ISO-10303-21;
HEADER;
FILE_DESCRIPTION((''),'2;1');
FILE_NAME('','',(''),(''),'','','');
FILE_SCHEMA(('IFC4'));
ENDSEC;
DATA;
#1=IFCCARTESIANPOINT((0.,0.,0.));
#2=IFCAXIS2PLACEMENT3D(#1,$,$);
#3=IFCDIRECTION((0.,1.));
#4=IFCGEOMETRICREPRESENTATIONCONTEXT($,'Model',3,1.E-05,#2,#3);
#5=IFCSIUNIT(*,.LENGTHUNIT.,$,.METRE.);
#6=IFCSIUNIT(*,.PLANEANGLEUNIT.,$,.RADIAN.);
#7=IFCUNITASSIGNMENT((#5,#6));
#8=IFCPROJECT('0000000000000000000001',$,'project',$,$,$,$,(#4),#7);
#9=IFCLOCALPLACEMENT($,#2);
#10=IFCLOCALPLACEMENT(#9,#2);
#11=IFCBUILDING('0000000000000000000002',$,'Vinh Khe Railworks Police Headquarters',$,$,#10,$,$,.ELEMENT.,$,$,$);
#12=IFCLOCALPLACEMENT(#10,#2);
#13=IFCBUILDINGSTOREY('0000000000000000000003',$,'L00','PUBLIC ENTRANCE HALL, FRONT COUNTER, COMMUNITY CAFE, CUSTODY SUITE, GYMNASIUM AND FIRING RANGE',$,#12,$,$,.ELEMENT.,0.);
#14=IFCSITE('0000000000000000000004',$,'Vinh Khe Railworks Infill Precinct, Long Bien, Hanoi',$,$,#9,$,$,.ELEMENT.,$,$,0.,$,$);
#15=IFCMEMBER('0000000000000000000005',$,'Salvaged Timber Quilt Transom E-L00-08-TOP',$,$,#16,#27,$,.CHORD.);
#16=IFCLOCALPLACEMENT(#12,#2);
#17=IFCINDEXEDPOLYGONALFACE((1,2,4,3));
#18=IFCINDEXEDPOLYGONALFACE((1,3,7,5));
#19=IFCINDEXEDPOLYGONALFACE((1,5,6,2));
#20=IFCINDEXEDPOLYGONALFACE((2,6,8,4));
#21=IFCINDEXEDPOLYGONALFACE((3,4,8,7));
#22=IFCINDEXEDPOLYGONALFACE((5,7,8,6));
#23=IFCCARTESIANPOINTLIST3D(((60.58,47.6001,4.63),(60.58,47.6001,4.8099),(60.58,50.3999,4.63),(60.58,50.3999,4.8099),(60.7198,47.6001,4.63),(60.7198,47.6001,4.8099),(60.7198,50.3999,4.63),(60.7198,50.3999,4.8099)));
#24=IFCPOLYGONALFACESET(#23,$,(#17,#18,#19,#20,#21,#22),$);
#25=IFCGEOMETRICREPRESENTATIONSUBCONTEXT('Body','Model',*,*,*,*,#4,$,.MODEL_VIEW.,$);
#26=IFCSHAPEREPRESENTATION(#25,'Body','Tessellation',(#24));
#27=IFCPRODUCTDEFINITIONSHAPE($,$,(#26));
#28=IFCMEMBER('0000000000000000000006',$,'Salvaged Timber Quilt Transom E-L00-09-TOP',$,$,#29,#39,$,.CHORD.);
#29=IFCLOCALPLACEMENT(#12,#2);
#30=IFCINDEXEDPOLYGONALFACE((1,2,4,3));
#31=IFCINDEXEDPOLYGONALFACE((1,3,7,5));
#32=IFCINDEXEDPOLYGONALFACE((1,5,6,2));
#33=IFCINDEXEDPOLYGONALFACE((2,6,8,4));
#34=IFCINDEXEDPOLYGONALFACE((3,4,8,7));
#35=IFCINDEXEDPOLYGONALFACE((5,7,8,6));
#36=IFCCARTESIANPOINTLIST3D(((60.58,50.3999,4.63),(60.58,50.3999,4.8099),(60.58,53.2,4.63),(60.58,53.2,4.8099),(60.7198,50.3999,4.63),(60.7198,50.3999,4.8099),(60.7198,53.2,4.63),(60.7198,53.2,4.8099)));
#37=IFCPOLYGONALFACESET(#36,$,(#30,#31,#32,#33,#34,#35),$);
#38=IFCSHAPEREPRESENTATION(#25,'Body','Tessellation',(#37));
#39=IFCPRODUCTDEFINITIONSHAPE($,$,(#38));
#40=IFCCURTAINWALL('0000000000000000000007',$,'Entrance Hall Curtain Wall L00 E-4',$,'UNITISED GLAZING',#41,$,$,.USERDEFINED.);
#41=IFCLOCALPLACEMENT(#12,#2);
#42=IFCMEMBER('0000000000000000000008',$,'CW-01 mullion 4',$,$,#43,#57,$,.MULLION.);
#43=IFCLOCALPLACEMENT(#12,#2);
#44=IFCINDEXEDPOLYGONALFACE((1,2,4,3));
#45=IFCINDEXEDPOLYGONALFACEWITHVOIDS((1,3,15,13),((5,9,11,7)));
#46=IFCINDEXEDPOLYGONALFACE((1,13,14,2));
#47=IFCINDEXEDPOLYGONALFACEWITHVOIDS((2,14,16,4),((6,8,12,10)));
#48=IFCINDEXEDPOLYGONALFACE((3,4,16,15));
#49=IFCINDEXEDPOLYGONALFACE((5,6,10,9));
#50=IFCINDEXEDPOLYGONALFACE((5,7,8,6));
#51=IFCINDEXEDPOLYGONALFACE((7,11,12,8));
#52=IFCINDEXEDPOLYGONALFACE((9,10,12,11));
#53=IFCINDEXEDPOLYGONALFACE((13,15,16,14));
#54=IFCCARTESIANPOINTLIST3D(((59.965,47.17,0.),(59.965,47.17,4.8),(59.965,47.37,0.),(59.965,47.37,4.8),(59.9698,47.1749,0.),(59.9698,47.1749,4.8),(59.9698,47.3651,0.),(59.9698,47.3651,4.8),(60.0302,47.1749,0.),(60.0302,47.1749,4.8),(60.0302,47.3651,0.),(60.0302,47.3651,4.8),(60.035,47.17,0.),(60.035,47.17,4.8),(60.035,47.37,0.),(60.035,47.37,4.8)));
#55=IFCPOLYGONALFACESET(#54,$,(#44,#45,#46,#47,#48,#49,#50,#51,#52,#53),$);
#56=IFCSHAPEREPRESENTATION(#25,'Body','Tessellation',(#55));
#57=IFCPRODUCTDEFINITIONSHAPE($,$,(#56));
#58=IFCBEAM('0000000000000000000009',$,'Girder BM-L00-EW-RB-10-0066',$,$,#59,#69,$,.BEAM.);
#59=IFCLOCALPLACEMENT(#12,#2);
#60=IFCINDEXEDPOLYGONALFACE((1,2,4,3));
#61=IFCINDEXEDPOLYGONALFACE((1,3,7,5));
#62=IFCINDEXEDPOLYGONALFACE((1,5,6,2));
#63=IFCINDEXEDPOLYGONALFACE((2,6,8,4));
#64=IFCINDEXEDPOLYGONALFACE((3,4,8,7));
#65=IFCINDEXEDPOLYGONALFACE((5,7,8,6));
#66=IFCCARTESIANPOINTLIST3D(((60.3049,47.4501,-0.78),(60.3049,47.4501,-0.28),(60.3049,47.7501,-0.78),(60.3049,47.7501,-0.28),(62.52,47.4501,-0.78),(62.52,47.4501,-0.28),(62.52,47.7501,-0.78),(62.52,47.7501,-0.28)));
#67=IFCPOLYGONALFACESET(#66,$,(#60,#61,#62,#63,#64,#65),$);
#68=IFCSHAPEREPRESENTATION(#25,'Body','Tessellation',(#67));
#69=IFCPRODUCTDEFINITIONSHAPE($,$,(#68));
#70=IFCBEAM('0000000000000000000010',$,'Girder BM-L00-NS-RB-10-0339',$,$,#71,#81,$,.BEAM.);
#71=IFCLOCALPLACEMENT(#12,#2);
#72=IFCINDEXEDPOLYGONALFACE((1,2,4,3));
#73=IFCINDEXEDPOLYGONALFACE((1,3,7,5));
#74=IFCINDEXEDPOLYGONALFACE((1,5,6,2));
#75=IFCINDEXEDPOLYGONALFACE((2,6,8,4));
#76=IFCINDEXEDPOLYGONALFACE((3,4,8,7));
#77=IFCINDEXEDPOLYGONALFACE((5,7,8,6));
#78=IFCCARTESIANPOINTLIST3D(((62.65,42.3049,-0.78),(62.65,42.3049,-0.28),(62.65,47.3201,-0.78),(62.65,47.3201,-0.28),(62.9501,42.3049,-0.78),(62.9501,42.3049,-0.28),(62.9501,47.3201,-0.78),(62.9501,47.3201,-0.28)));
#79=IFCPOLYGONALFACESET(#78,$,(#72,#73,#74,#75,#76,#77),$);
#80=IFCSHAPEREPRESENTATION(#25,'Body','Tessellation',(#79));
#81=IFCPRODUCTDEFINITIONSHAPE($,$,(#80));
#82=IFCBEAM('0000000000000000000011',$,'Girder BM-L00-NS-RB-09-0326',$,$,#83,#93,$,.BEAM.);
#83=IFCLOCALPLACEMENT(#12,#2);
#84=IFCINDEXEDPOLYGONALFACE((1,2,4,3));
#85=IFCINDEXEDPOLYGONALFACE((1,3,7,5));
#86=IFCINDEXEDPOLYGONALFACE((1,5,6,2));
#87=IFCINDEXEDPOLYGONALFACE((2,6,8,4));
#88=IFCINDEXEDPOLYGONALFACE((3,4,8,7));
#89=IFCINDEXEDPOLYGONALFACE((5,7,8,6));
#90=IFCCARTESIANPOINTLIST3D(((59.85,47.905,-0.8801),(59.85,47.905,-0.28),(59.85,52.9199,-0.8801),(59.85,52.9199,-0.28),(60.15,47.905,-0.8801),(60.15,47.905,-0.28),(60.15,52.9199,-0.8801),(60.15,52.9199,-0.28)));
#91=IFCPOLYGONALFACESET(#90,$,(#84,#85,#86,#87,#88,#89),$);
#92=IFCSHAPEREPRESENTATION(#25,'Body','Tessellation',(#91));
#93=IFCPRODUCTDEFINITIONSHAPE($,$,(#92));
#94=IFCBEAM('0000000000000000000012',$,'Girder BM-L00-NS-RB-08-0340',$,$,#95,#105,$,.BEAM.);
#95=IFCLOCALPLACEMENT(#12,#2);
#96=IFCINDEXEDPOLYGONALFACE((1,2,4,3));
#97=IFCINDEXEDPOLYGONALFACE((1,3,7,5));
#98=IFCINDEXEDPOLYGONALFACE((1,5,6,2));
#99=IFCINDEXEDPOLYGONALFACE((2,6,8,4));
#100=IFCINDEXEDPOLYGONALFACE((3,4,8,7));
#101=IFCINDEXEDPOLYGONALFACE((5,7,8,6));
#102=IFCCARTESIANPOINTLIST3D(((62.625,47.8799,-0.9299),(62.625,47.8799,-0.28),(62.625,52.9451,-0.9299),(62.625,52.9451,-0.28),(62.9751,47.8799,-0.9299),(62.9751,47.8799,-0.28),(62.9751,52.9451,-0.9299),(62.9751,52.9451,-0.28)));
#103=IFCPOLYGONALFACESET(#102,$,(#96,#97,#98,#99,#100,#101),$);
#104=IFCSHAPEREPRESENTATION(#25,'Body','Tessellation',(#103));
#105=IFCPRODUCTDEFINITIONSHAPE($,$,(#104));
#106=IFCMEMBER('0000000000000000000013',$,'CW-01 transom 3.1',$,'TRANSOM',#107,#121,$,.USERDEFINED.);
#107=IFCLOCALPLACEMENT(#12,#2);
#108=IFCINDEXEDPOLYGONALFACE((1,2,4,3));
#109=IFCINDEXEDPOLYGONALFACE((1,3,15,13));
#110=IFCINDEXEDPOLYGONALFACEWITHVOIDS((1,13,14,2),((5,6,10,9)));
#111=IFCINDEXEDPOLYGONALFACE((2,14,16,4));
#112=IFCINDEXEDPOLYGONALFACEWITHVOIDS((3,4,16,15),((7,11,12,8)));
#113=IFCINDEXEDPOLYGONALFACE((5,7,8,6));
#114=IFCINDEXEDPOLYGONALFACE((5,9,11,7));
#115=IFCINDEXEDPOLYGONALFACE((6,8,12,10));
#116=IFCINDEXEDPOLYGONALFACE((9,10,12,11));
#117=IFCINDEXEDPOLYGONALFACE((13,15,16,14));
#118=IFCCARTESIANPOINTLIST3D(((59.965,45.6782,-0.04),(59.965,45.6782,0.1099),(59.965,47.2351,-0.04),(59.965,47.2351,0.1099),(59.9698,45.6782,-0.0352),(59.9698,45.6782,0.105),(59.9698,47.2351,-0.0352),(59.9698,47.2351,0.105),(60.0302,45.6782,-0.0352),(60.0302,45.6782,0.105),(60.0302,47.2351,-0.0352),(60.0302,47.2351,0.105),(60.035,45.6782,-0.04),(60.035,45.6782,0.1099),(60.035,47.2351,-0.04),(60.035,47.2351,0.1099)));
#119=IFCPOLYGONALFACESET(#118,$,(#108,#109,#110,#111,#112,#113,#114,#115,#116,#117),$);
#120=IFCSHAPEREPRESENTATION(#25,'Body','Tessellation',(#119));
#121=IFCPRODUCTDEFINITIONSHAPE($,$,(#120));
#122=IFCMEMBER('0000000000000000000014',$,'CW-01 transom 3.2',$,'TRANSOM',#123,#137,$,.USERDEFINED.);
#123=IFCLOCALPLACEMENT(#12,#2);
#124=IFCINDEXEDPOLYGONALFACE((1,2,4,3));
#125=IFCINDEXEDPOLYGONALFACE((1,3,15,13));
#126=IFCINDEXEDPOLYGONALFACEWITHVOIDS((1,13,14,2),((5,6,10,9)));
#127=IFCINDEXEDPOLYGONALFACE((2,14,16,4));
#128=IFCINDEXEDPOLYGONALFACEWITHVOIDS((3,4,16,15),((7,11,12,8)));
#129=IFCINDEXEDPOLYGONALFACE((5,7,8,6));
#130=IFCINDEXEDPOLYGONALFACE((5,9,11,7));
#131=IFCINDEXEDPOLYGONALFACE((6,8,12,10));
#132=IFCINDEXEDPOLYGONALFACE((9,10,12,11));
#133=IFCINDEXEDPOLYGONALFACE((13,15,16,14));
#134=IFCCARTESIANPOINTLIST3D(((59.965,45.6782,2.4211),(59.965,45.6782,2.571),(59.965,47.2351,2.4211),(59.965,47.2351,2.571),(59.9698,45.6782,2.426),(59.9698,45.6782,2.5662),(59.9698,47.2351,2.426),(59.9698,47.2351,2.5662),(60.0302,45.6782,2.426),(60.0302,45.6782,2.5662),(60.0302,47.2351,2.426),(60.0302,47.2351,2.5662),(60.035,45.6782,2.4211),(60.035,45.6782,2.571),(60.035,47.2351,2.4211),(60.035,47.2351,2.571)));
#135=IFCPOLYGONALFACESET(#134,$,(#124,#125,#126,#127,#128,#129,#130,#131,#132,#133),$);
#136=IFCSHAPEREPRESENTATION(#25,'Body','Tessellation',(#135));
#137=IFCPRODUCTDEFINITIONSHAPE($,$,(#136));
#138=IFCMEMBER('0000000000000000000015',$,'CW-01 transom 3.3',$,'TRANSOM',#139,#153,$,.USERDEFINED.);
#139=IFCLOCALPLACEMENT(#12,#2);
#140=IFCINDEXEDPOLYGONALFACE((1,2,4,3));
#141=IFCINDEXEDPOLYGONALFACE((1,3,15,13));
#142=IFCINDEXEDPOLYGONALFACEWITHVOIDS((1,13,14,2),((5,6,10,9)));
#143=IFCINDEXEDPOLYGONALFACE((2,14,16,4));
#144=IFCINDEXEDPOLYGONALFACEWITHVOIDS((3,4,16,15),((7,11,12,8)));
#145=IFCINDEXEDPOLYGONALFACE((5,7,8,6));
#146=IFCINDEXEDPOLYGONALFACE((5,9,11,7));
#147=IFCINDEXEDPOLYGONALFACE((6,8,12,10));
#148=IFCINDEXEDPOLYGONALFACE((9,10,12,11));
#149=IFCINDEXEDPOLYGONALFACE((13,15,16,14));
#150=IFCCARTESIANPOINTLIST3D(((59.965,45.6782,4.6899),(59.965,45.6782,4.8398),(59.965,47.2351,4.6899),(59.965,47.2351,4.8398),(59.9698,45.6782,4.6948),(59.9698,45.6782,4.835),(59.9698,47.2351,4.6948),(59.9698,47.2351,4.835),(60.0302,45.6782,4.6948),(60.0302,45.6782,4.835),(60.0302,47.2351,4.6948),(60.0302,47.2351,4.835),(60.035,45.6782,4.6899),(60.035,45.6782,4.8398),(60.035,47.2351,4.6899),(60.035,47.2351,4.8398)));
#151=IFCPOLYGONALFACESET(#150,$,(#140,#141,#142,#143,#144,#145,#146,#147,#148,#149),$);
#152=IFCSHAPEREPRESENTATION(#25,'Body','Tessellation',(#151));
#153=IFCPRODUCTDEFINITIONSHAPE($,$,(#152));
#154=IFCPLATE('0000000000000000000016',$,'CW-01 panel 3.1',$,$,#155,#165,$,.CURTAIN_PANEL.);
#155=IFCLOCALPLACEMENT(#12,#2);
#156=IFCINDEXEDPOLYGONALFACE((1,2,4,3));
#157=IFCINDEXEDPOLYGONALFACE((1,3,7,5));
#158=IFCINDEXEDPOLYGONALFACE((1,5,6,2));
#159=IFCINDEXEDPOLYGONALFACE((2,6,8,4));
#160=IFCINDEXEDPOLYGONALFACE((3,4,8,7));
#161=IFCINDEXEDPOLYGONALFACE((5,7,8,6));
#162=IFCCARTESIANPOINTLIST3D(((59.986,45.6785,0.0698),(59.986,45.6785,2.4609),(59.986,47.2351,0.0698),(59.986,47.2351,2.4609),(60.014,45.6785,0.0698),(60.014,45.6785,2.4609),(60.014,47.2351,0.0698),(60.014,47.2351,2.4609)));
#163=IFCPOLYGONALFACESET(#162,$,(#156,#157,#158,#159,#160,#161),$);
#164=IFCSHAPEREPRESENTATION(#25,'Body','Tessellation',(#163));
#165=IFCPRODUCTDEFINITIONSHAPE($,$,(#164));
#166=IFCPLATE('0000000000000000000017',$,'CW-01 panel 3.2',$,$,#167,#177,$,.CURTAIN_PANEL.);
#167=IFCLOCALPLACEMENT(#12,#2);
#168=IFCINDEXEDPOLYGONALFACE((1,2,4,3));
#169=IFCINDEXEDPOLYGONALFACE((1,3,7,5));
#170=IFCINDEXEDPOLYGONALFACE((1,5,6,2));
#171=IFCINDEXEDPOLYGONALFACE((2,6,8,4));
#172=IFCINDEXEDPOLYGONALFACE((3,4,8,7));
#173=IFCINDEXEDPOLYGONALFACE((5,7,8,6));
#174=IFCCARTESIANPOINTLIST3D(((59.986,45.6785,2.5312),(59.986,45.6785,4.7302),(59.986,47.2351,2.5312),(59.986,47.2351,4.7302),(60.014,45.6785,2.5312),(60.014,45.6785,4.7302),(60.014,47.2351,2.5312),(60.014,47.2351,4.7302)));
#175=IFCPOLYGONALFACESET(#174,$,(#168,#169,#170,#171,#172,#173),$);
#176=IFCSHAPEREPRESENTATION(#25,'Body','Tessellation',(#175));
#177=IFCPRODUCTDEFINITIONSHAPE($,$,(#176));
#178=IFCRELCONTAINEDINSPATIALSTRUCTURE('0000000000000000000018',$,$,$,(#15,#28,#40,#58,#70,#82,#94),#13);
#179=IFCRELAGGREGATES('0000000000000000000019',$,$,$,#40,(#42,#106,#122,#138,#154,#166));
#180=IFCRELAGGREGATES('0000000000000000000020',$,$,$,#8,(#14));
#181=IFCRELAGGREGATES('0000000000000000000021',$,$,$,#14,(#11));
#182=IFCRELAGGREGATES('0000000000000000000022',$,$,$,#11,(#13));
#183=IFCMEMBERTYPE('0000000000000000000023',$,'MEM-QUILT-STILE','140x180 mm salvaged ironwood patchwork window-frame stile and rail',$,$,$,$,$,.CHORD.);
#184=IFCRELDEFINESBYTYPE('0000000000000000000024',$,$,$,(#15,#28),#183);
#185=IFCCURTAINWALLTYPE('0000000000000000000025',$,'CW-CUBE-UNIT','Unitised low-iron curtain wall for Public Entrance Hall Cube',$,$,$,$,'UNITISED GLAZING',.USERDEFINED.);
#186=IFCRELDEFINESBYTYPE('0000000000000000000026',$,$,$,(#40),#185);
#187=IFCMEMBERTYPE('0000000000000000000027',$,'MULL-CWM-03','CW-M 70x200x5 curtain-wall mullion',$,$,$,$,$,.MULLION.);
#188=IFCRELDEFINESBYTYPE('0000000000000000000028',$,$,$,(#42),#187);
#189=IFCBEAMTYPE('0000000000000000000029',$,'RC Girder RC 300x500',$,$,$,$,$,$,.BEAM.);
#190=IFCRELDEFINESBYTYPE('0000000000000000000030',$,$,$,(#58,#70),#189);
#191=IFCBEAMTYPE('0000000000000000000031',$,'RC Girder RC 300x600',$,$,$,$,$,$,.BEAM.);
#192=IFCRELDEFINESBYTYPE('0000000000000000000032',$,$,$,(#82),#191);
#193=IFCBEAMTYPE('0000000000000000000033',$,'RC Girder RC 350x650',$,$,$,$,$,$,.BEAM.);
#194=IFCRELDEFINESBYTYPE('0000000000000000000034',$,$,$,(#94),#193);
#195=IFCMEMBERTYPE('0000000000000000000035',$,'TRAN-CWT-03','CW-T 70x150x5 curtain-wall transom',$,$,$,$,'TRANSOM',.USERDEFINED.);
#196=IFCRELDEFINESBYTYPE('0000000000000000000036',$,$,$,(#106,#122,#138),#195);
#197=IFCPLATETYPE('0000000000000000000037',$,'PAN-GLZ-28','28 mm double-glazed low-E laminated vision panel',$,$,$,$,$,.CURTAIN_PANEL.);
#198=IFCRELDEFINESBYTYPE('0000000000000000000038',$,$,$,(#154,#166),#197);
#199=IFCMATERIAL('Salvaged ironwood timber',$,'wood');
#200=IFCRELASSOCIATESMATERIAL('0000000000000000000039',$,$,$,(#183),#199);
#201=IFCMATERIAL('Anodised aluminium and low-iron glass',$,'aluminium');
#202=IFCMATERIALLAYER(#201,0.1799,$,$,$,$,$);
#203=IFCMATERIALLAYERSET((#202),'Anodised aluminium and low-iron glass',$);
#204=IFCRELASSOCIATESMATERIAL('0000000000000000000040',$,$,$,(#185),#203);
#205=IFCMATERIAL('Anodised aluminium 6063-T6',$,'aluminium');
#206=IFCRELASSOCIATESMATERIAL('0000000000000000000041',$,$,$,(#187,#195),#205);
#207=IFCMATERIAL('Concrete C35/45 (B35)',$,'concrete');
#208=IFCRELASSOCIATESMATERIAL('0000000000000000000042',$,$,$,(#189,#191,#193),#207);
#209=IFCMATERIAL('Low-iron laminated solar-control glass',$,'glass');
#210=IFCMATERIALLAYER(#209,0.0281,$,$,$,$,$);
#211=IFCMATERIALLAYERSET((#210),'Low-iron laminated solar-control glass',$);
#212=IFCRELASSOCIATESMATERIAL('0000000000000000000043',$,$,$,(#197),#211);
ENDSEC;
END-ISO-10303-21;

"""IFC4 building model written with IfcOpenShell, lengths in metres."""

from ifc_helpers import new_model, si_unit, direction, frame, origin, origin_2d, place, context, subcontext, project, spatial, rectangle, hollow_rectangle, extrude, material, layer, layer_set, material_profile, profile_set, type_object, element, aggregate, save


model = new_model("IFC4")

# Units and contexts
model_context = context("Model", 3, precision=1e-05, world=origin(), true_north=direction((0.0, 1.0)))
body_context = subcontext(model_context, "Body", "Model", "MODEL_VIEW")
ifc_project = project(units=[si_unit("LENGTHUNIT", "METRE"), si_unit("PLANEANGLEUNIT", "RADIAN")], contexts=[model_context])

# Site, building, storey
site_placement = place(None, origin())
site = spatial("IfcSite", under=ifc_project, at=site_placement, Name="Vinh Khe Railworks Infill Precinct, Long Bien, Hanoi", CompositionType="ELEMENT", RefElevation=0.0)
building_placement = place(site_placement, origin())
building = spatial("IfcBuilding", under=site, at=building_placement, Name="Vinh Khe Railworks Police Headquarters", CompositionType="ELEMENT")
storey_placement = place(building_placement, origin())
storey = spatial("IfcBuildingStorey", under=building, at=storey_placement, Name="L00", Description="PUBLIC ENTRANCE HALL, FRONT COUNTER, COMMUNITY CAFE, CUSTODY SUITE, GYMNASIUM AND FIRING RANGE", CompositionType="ELEMENT", Elevation=0.0)

# Members
ifc_material_1 = material(Name="Salvaged ironwood timber", Category="wood")
ifc_material_profile_1 = material_profile(ifc_material_1, rectangle(XDim=0.1399, YDim=0.1799, at=origin_2d()), Name="TIMBER 140x180")
ifc_profile_set_1 = profile_set([ifc_material_profile_1], Name="Salvaged ironwood timber")
member_type_1 = type_object("IfcMemberType", Name="MEM-QUILT-STILE", Description="140x180 mm salvaged ironwood patchwork window-frame stile and rail", PredefinedType="CHORD", material=ifc_profile_set_1)
member_1_placement = place(storey_placement, frame((60.6499, 47.6001, 4.72), z_axis=(0.0, 1.0, 0.0), x_axis=(-1.0, 0.0, 0.0)))
element("IfcMember", 1, at=member_1_placement, inside=storey, type_object=member_type_1, Name="Salvaged Timber Quilt Transom E-L00-08-TOP", PredefinedType="CHORD", context=body_context, shape_type="SweptSolid", body=[
    extrude(rectangle(XDim=0.1399, YDim=0.1799, at=origin_2d()), origin(), (0.0, 0.0, 1.0), 2.7998),
])
member_2_placement = place(storey_placement, frame((60.6499, 50.3999, 4.72), z_axis=(0.0, 1.0, 0.0), x_axis=(-1.0, 0.0, 0.0)))
element("IfcMember", 2, at=member_2_placement, inside=storey, type_object=member_type_1, Name="Salvaged Timber Quilt Transom E-L00-09-TOP", PredefinedType="CHORD", context=body_context, shape_type="SweptSolid", body=[
    extrude(rectangle(XDim=0.1399, YDim=0.1799, at=origin_2d()), origin(), (0.0, 0.0, 1.0), 2.8),
])

# Curtain wall, member
ifc_material_2 = material(Name="Anodised aluminium and low-iron glass", Category="aluminium")
ifc_layer_1 = layer(ifc_material_2, 0.1799)
ifc_layer_set_1 = layer_set([ifc_layer_1], Name="Anodised aluminium and low-iron glass")
curtain_wall_type = type_object("IfcCurtainWallType", Name="CW-CUBE-UNIT", Description="Unitised low-iron curtain wall for Public Entrance Hall Cube", ElementType="UNITISED GLAZING", PredefinedType="USERDEFINED", material=ifc_layer_set_1)
curtain_wall_placement = place(storey_placement, origin())
curtain_wall = element("IfcCurtainWall", 3, at=curtain_wall_placement, inside=storey, type_object=curtain_wall_type, Name="Entrance Hall Curtain Wall L00 E-4", ObjectType="UNITISED GLAZING", PredefinedType="USERDEFINED")
ifc_material_3 = material(Name="Anodised aluminium 6063-T6", Category="aluminium")
ifc_material_profile_2 = material_profile(ifc_material_3, hollow_rectangle(XDim=0.0701, YDim=0.2, WallThickness=0.0049, at=origin_2d()), Name="CW-M 70x200x5")
ifc_profile_set_2 = profile_set([ifc_material_profile_2], Name="Anodised aluminium 6063-T6")
member_type_2 = type_object("IfcMemberType", Name="MULL-CWM-03", Description="CW-M 70x200x5 curtain-wall mullion", PredefinedType="MULLION", material=ifc_profile_set_2)
member_3_placement = place(storey_placement, frame((60.0, 47.27, 0.0), z_axis=(0.0, 0.0, 1.0), x_axis=(-1.0, 0.0, 0.0)))
member_3 = element("IfcMember", 4, at=member_3_placement, type_object=member_type_2, Name="CW-01 mullion 4", PredefinedType="MULLION", context=body_context, shape_type="SweptSolid", body=[
    extrude(hollow_rectangle(XDim=0.0701, YDim=0.2, WallThickness=0.0049, at=origin_2d()), origin(), (0.0, 0.0, 1.0), 4.8),
])

# Beams
ifc_material_4 = material(Name="Concrete C35/45 (B35)", Category="concrete")
ifc_material_profile_3 = material_profile(ifc_material_4, rectangle(XDim=0.3, YDim=0.5, at=origin_2d()), Name="RC 300x500")
ifc_profile_set_3 = profile_set([ifc_material_profile_3], Name="Concrete C35/45 (B35)")
beam_type_1 = type_object("IfcBeamType", Name="RC Girder RC 300x500", PredefinedType="BEAM", material=ifc_profile_set_3)
beam_1_placement = place(storey_placement, frame((60.3049, 47.6001, -0.53), z_axis=(1.0, 0.0, 0.0), x_axis=(0.0, 1.0, 0.0)))
element("IfcBeam", 5, at=beam_1_placement, inside=storey, type_object=beam_type_1, Name="Girder BM-L00-EW-RB-10-0066", PredefinedType="BEAM", context=body_context, shape_type="SweptSolid", body=[
    extrude(rectangle(XDim=0.3, YDim=0.5, at=origin_2d()), origin(), (0.0, 0.0, 1.0), 2.2151),
])
beam_2_placement = place(storey_placement, frame((62.8, 42.3049, -0.53), z_axis=(0.0, 1.0, 0.0), x_axis=(-1.0, 0.0, 0.0)))
element("IfcBeam", 6, at=beam_2_placement, inside=storey, type_object=beam_type_1, Name="Girder BM-L00-NS-RB-10-0339", PredefinedType="BEAM", context=body_context, shape_type="SweptSolid", body=[
    extrude(rectangle(XDim=0.3, YDim=0.5, at=origin_2d()), origin(), (0.0, 0.0, 1.0), 5.0151),
])
ifc_material_profile_4 = material_profile(ifc_material_4, rectangle(XDim=0.3, YDim=0.6001, at=origin_2d()), Name="RC 300x600")
ifc_profile_set_4 = profile_set([ifc_material_profile_4], Name="Concrete C35/45 (B35)")
beam_type_2 = type_object("IfcBeamType", Name="RC Girder RC 300x600", PredefinedType="BEAM", material=ifc_profile_set_4)
beam_3_placement = place(storey_placement, frame((60.0, 47.905, -0.5801), z_axis=(0.0, 1.0, 0.0), x_axis=(-1.0, 0.0, 0.0)))
element("IfcBeam", 7, at=beam_3_placement, inside=storey, type_object=beam_type_2, Name="Girder BM-L00-NS-RB-09-0326", PredefinedType="BEAM", context=body_context, shape_type="SweptSolid", body=[
    extrude(rectangle(XDim=0.3, YDim=0.6001, at=origin_2d()), origin(), (0.0, 0.0, 1.0), 5.0149),
])
ifc_material_profile_5 = material_profile(ifc_material_4, rectangle(XDim=0.3501, YDim=0.6499, at=origin_2d()), Name="RC 350x650")
ifc_profile_set_5 = profile_set([ifc_material_profile_5], Name="Concrete C35/45 (B35)")
beam_type_3 = type_object("IfcBeamType", Name="RC Girder RC 350x650", PredefinedType="BEAM", material=ifc_profile_set_5)
beam_4_placement = place(storey_placement, frame((62.8, 47.8799, -0.605), z_axis=(0.0, 1.0, 0.0), x_axis=(-1.0, 0.0, 0.0)))
element("IfcBeam", 8, at=beam_4_placement, inside=storey, type_object=beam_type_3, Name="Girder BM-L00-NS-RB-08-0340", PredefinedType="BEAM", context=body_context, shape_type="SweptSolid", body=[
    extrude(rectangle(XDim=0.3501, YDim=0.6499, at=origin_2d()), origin(), (0.0, 0.0, 1.0), 5.0652),
])

# Members
ifc_material_profile_6 = material_profile(ifc_material_3, hollow_rectangle(XDim=0.0701, YDim=0.1499, WallThickness=0.0049, at=origin_2d()), Name="CW-T 70x150x5")
ifc_profile_set_6 = profile_set([ifc_material_profile_6], Name="Anodised aluminium 6063-T6")
member_type_3 = type_object("IfcMemberType", Name="TRAN-CWT-03", Description="CW-T 70x150x5 curtain-wall transom", ElementType="TRANSOM", PredefinedType="USERDEFINED", material=ifc_profile_set_6)
member_4_placement = place(storey_placement, frame((60.0, 45.6782, 0.0349), z_axis=(0.0, 1.0, 0.0), x_axis=(-1.0, 0.0, 0.0)))
member_4 = element("IfcMember", 9, at=member_4_placement, type_object=member_type_3, Name="CW-01 transom 3.1", ObjectType="TRANSOM", PredefinedType="USERDEFINED", context=body_context, shape_type="SweptSolid", body=[
    extrude(hollow_rectangle(XDim=0.0701, YDim=0.1499, WallThickness=0.0049, at=origin_2d()), origin(), (0.0, 0.0, 1.0), 1.5569),
])
member_5_placement = place(storey_placement, frame((60.0, 45.6782, 2.4961), z_axis=(0.0, 1.0, 0.0), x_axis=(-1.0, 0.0, 0.0)))
member_5 = element("IfcMember", 10, at=member_5_placement, type_object=member_type_3, Name="CW-01 transom 3.2", ObjectType="TRANSOM", PredefinedType="USERDEFINED", context=body_context, shape_type="SweptSolid", body=[
    extrude(hollow_rectangle(XDim=0.0701, YDim=0.1499, WallThickness=0.0049, at=origin_2d()), origin(), (0.0, 0.0, 1.0), 1.5569),
])
member_6_placement = place(storey_placement, frame((60.0, 45.6782, 4.7649), z_axis=(0.0, 1.0, 0.0), x_axis=(-1.0, 0.0, 0.0)))
member_6 = element("IfcMember", 11, at=member_6_placement, type_object=member_type_3, Name="CW-01 transom 3.3", ObjectType="TRANSOM", PredefinedType="USERDEFINED", context=body_context, shape_type="SweptSolid", body=[
    extrude(hollow_rectangle(XDim=0.0701, YDim=0.1499, WallThickness=0.0049, at=origin_2d()), origin(), (0.0, 0.0, 1.0), 1.5569),
])

# Plates
ifc_material_5 = material(Name="Low-iron laminated solar-control glass", Category="glass")
ifc_layer_2 = layer(ifc_material_5, 0.0281)
ifc_layer_set_2 = layer_set([ifc_layer_2], Name="Low-iron laminated solar-control glass")
plate_type_1 = type_object("IfcPlateType", Name="PAN-GLZ-28", Description="28 mm double-glazed low-E laminated vision panel", PredefinedType="CURTAIN_PANEL", material=ifc_layer_set_2)
plate_1_placement = place(storey_placement, frame((60.0, 46.4568, 0.0698), z_axis=(0.0, 0.0, 1.0), x_axis=(0.0, 1.0, 0.0)))
plate_1 = element("IfcPlate", 12, at=plate_1_placement, type_object=plate_type_1, Name="CW-01 panel 3.1", PredefinedType="CURTAIN_PANEL", context=body_context, shape_type="SweptSolid", body=[
    extrude(rectangle(XDim=1.5566, YDim=0.0281, at=origin_2d()), origin(), (0.0, 0.0, 1.0), 2.3911),
])
plate_2_placement = place(storey_placement, frame((60.0, 46.4568, 2.5312), z_axis=(0.0, 0.0, 1.0), x_axis=(0.0, 1.0, 0.0)))
plate_2 = element("IfcPlate", 13, at=plate_2_placement, type_object=plate_type_1, Name="CW-01 panel 3.2", PredefinedType="CURTAIN_PANEL", context=body_context, shape_type="SweptSolid", body=[
    extrude(rectangle(XDim=1.5566, YDim=0.0281, at=origin_2d()), origin(), (0.0, 0.0, 1.0), 2.199),
])
aggregate(curtain_wall, [member_3, member_4, member_5, member_6, plate_1, plate_2])

save(model, "model.ifc")
